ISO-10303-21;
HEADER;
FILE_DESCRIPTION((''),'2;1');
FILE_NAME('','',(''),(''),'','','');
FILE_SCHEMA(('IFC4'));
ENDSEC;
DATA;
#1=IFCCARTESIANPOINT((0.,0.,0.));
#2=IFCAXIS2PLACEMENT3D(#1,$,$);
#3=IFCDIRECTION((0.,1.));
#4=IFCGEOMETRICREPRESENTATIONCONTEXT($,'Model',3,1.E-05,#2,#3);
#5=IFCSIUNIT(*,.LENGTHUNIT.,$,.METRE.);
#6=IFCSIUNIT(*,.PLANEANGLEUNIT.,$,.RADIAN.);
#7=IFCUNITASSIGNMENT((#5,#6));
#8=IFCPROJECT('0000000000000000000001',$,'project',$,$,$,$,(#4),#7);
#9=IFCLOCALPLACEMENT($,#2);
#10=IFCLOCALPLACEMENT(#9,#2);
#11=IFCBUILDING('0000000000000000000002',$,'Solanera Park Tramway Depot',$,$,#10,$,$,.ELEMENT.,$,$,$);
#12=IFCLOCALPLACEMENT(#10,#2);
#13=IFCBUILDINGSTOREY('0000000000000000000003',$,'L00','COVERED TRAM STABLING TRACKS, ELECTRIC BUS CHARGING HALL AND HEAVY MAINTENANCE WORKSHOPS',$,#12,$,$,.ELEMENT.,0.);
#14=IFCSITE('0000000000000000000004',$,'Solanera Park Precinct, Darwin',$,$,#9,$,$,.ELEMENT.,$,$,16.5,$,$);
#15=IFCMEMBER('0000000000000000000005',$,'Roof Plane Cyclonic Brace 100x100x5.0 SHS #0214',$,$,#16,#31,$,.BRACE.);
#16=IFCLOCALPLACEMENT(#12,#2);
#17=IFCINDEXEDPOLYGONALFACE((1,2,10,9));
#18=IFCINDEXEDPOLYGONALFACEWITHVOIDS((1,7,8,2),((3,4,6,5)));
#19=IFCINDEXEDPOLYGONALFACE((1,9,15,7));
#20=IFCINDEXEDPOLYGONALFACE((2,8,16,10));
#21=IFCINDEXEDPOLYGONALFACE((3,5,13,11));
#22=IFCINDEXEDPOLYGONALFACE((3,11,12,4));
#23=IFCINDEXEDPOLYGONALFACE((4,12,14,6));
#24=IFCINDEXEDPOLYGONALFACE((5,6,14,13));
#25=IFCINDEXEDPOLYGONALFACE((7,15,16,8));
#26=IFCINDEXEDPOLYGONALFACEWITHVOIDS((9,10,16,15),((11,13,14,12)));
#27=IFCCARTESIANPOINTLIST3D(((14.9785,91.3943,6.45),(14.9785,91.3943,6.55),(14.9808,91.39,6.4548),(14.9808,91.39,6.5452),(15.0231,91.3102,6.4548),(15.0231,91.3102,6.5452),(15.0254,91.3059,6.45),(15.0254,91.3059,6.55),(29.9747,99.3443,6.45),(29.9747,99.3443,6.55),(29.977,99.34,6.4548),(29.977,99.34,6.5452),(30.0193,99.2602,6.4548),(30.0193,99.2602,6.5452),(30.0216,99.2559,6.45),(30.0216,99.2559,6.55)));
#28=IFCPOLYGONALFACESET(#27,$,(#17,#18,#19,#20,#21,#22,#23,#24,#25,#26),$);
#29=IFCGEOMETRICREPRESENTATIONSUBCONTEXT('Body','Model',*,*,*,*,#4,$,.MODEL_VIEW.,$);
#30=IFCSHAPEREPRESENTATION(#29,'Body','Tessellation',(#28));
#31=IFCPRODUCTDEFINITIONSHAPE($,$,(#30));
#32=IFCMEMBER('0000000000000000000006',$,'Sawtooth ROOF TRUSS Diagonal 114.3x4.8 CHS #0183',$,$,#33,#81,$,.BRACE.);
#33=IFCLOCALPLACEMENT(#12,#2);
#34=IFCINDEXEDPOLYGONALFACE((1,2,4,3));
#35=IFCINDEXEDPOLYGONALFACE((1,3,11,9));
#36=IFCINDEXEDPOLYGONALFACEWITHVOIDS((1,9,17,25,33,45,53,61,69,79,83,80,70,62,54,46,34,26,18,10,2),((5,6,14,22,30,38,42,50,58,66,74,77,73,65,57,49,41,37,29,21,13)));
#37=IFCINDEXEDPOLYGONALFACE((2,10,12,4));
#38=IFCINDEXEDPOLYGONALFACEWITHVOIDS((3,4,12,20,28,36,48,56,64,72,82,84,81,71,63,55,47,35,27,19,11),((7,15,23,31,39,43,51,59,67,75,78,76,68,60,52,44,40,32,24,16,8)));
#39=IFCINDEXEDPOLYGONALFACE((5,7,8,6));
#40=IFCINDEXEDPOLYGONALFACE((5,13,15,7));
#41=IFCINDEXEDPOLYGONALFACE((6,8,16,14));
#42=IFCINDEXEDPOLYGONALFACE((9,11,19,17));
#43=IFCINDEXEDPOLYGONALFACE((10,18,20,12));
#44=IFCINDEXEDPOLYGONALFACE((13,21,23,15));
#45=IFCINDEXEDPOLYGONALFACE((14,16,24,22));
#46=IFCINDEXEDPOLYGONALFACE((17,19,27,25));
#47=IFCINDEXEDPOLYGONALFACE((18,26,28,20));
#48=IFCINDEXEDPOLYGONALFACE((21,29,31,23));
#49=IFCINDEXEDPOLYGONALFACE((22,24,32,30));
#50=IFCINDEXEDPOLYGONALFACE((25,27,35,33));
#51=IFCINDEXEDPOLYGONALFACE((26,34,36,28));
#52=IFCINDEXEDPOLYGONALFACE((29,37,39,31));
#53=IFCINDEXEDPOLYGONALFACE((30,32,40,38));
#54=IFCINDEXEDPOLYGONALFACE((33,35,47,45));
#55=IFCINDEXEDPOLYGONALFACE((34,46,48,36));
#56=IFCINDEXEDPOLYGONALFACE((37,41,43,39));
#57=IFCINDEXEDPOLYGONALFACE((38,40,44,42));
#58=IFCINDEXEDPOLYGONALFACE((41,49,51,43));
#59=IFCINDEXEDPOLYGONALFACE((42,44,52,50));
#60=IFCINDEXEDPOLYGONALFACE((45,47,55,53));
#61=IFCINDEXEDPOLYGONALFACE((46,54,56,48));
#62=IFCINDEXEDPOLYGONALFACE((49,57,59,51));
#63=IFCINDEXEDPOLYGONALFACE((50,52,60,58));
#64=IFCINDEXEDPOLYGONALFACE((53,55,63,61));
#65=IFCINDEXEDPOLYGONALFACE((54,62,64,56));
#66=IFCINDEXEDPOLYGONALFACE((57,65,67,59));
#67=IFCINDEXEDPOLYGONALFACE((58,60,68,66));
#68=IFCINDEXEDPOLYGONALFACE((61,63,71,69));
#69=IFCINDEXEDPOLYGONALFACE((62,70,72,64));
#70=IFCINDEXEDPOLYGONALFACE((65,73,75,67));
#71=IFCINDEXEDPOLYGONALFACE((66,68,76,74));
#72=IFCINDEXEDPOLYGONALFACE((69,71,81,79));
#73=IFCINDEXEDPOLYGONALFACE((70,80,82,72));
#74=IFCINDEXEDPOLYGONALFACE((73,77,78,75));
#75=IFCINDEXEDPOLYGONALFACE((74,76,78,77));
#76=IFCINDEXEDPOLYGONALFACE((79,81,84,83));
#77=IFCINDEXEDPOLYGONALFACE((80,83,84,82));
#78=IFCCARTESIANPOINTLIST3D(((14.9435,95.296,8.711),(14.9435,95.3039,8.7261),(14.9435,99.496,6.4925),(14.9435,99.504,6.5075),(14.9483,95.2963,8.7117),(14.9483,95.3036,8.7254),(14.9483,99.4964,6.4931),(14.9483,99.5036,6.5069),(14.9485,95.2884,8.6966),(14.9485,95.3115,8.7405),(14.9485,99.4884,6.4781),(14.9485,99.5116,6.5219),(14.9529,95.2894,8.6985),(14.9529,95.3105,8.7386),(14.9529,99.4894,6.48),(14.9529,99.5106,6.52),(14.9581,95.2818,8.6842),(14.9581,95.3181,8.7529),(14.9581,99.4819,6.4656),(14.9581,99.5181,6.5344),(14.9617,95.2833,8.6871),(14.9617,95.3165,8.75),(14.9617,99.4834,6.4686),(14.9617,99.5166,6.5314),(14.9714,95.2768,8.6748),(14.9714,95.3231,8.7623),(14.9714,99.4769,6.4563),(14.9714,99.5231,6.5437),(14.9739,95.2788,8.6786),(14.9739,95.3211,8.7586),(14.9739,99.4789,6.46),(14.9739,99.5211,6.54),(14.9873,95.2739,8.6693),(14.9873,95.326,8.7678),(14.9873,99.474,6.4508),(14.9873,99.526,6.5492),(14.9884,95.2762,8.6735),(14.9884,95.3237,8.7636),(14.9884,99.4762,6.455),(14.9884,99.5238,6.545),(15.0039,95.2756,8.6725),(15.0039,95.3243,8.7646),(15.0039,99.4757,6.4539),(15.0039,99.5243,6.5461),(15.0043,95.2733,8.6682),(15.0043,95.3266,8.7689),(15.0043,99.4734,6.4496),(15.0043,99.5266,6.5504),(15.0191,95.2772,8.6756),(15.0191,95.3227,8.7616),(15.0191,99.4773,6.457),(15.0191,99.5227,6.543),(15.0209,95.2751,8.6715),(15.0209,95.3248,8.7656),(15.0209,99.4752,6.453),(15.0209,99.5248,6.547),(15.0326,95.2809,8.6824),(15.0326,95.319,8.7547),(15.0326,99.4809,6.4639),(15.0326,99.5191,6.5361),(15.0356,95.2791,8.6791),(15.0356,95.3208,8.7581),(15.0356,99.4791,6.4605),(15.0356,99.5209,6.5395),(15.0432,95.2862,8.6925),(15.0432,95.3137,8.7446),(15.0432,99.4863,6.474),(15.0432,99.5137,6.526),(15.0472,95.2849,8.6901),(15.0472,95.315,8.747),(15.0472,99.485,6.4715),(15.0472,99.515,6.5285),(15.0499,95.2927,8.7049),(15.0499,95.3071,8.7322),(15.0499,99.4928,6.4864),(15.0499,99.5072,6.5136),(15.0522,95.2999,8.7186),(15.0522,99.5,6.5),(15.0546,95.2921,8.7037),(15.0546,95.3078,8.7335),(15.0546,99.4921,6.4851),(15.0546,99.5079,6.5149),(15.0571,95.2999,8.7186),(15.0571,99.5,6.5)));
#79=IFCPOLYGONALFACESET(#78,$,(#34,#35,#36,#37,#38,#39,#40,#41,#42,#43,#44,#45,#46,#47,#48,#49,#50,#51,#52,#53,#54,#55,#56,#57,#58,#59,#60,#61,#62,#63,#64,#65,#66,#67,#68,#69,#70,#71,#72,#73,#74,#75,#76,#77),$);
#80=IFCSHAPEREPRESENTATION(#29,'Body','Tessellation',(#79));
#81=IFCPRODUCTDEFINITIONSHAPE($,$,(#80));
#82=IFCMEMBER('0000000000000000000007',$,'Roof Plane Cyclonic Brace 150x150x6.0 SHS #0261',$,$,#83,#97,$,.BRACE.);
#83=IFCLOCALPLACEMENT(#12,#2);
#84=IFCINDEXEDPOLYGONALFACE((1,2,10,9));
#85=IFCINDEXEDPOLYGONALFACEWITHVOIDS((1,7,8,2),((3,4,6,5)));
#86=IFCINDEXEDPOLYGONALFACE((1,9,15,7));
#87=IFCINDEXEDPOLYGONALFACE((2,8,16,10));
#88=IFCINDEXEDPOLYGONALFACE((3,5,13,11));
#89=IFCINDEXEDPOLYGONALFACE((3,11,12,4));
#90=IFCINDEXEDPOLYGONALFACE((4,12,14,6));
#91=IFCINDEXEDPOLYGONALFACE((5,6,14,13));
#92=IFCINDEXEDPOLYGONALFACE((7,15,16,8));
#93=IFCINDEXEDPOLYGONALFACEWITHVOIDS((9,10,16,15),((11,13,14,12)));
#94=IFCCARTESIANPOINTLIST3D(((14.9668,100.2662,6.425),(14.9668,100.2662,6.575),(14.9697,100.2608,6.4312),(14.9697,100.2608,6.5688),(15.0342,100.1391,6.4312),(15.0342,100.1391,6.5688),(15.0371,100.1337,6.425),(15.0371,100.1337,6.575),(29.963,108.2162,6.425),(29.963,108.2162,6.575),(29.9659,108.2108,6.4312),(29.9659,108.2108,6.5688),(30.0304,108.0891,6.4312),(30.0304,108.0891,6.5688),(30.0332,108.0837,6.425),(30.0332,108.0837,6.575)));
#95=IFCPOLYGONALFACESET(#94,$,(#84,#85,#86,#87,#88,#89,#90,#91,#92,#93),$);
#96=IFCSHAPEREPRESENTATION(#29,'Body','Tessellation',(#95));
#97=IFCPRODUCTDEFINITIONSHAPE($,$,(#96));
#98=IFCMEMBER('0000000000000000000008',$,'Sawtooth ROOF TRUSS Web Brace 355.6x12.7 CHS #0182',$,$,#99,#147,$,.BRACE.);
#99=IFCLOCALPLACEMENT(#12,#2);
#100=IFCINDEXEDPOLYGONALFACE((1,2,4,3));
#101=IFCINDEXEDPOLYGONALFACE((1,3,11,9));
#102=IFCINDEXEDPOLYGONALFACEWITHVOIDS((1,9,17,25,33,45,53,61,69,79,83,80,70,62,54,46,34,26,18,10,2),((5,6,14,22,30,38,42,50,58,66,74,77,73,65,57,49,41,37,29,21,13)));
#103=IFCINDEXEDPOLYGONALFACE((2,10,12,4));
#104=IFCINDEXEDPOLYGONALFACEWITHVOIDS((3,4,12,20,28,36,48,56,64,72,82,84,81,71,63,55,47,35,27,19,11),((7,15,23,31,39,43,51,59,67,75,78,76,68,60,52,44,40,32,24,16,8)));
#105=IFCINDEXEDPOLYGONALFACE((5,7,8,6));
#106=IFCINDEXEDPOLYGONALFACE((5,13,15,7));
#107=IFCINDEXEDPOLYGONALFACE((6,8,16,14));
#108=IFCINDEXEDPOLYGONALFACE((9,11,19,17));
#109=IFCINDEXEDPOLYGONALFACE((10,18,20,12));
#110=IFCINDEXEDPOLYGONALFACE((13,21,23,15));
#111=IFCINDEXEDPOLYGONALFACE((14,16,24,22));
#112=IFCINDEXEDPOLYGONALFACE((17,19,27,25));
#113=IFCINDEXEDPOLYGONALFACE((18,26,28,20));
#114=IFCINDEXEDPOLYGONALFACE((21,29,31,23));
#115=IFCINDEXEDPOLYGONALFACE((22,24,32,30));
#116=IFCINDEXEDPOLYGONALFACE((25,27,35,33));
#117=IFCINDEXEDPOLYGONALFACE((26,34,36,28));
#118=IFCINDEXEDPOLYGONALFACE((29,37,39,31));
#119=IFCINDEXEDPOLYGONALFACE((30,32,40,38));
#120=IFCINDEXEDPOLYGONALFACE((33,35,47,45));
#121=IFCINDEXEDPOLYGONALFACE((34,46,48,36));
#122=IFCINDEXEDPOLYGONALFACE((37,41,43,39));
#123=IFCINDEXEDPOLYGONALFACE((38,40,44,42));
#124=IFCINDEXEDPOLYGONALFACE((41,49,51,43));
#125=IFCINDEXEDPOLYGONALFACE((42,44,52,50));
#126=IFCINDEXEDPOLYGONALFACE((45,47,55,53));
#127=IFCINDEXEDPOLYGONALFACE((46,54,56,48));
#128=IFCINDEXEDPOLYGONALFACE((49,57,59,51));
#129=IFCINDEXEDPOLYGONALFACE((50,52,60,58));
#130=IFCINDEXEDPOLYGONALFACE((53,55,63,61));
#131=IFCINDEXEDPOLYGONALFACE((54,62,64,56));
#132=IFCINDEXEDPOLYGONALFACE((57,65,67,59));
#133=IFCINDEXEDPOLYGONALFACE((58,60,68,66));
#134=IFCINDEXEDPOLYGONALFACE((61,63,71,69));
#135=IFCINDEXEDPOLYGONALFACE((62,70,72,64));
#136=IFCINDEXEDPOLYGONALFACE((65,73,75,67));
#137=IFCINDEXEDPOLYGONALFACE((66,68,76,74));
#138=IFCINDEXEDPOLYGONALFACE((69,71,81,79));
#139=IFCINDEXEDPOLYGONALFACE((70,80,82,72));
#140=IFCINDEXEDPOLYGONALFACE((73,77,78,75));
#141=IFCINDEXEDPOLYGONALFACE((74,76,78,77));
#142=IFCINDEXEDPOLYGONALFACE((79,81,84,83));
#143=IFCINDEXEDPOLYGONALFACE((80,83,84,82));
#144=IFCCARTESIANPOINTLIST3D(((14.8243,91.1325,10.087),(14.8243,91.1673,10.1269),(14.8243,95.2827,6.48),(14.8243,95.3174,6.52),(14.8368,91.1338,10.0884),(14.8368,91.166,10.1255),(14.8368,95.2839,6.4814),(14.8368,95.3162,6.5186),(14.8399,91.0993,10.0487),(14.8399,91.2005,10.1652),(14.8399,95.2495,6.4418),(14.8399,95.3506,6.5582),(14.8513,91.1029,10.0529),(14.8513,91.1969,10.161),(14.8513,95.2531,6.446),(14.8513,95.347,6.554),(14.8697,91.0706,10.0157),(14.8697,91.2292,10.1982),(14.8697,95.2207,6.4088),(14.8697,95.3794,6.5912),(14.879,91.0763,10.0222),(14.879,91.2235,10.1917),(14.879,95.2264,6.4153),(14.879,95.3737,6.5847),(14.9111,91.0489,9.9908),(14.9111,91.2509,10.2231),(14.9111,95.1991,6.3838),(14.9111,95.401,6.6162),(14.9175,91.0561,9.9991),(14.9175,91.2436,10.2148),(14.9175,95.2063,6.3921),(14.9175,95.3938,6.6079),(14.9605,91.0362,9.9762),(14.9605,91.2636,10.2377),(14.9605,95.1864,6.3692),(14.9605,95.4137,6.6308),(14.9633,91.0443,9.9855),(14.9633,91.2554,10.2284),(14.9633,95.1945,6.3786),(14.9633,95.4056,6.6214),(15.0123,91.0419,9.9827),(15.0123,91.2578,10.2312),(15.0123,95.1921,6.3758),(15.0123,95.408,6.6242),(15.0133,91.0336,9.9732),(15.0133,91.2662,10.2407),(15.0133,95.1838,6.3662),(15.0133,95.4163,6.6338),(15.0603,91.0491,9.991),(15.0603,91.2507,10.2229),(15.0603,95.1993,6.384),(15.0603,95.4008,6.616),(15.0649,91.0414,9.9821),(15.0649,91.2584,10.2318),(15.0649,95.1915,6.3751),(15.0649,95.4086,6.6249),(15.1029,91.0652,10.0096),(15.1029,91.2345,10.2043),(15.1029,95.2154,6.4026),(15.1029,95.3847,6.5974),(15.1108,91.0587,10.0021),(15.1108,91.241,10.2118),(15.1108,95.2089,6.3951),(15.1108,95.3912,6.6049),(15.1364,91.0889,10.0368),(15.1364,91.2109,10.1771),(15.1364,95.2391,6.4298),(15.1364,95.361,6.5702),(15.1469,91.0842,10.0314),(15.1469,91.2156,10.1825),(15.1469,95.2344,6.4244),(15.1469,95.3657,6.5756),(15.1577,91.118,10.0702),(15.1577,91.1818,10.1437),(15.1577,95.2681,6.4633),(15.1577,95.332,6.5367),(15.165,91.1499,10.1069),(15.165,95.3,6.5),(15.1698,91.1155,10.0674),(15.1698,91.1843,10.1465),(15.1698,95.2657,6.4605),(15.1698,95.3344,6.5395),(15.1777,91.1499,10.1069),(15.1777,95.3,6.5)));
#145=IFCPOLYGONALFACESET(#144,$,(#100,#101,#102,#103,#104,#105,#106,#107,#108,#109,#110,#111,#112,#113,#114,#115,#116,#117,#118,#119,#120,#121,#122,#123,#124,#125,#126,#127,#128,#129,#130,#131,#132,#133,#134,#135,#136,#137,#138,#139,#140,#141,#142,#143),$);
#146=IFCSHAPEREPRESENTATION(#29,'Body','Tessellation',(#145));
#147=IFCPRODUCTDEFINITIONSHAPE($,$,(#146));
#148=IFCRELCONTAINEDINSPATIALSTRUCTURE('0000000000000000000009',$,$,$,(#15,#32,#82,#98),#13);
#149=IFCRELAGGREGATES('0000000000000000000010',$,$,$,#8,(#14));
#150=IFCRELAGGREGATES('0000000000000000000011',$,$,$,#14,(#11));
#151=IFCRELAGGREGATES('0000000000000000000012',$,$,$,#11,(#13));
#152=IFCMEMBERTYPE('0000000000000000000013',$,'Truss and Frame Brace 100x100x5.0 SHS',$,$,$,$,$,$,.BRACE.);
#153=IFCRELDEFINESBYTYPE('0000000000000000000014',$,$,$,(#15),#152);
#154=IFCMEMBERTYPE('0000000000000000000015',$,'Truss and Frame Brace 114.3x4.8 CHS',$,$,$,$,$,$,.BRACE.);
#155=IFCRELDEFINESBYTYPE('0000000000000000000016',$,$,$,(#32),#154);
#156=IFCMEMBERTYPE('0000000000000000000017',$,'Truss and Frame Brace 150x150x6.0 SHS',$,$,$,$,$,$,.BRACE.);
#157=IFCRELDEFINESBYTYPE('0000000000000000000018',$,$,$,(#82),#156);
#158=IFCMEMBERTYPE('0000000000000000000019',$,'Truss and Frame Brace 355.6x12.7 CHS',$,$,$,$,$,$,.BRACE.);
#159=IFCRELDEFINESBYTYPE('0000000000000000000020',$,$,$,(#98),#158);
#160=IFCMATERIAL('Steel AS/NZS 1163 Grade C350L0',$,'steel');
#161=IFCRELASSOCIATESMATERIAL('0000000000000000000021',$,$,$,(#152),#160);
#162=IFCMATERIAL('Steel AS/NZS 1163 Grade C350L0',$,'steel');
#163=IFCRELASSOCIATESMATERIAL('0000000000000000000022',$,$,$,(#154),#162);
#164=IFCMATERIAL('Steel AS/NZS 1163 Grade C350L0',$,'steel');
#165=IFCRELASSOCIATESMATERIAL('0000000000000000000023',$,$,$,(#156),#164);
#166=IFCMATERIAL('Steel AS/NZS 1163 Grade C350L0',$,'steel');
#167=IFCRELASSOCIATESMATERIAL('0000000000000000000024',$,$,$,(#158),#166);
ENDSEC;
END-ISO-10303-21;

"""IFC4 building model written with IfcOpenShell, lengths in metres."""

from ifc_helpers import new_model, si_unit, direction, frame, origin, origin_2d, place, context, subcontext, project, spatial, hollow_rectangle, hollow_circle, extrude, material, material_profile, profile_set, type_object, element, save


model = new_model("IFC4")

# Units and contexts
model_context = context("Model", 3, precision=1e-05, world=origin(), true_north=direction((0.0, 1.0)))
body_context = subcontext(model_context, "Body", "Model", "MODEL_VIEW")
ifc_project = project(units=[si_unit("LENGTHUNIT", "METRE"), si_unit("PLANEANGLEUNIT", "RADIAN")], contexts=[model_context])

# Site, building, storey
site_placement = place(None, origin())
site = spatial("IfcSite", under=ifc_project, at=site_placement, Name="Solanera Park Precinct, Darwin", CompositionType="ELEMENT", RefElevation=16.5)
building_placement = place(site_placement, origin())
building = spatial("IfcBuilding", under=site, at=building_placement, Name="Solanera Park Tramway Depot", CompositionType="ELEMENT")
storey_placement = place(building_placement, origin())
storey = spatial("IfcBuildingStorey", under=building, at=storey_placement, Name="L00", Description="COVERED TRAM STABLING TRACKS, ELECTRIC BUS CHARGING HALL AND HEAVY MAINTENANCE WORKSHOPS", CompositionType="ELEMENT", Elevation=0.0)

# Members
ifc_material_1 = material(Name="Steel AS/NZS 1163 Grade C350L0", Category="steel")
ifc_material_profile_1 = material_profile(ifc_material_1, hollow_rectangle(XDim=0.1001, YDim=0.1001, WallThickness=0.0049, at=origin_2d()), Name="100x100x5.0 SHS")
ifc_profile_set_1 = profile_set([ifc_material_profile_1], Name="Steel AS/NZS 1163 Grade C350L0")
member_type_1 = type_object("IfcMemberType", Name="Truss and Frame Brace 100x100x5.0 SHS", PredefinedType="BRACE", material=ifc_profile_set_1)
member_1_placement = place(storey_placement, frame((15.002, 91.3501, 6.5), z_axis=(0.883524, 0.468387, 0.0), x_axis=(-0.468387, 0.883524, 0.0)))
element("IfcMember", 1, at=member_1_placement, inside=storey, type_object=member_type_1, Name="Roof Plane Cyclonic Brace 100x100x5.0 SHS #0214", PredefinedType="BRACE", context=body_context, shape_type="SweptSolid", body=[
    extrude(hollow_rectangle(XDim=0.1001, YDim=0.1001, WallThickness=0.0049, at=origin_2d()), origin(), (0.0, 0.0, 1.0), 16.9731),
])
ifc_material_2 = material(Name="Steel AS/NZS 1163 Grade C350L0", Category="steel")
ifc_material_profile_2 = material_profile(ifc_material_2, hollow_circle(Radius=0.0571, WallThickness=0.0049, at=origin_2d()), Name="114.3x4.8 CHS")
ifc_profile_set_2 = profile_set([ifc_material_profile_2], Name="Steel AS/NZS 1163 Grade C350L0")
member_type_2 = type_object("IfcMemberType", Name="Truss and Frame Brace 114.3x4.8 CHS", PredefinedType="BRACE", material=ifc_profile_set_2)
member_2_placement = place(storey_placement, frame((15.0, 99.5, 6.5), z_axis=(0.0, -0.884223, 0.467066), x_axis=(1.0, 0.0, 0.0)))
element("IfcMember", 2, at=member_2_placement, inside=storey, type_object=member_type_2, Name="Sawtooth ROOF TRUSS Diagonal 114.3x4.8 CHS #0183", PredefinedType="BRACE", context=body_context, shape_type="SweptSolid", body=[
    extrude(hollow_circle(Radius=0.0571, WallThickness=0.0049, at=origin_2d()), origin(), (0.0, 0.0, 1.0), 4.75),
])
ifc_material_3 = material(Name="Steel AS/NZS 1163 Grade C350L0", Category="steel")
ifc_material_profile_3 = material_profile(ifc_material_3, hollow_rectangle(XDim=0.1499, YDim=0.1499, WallThickness=0.0061, at=origin_2d()), Name="150x150x6.0 SHS")
ifc_profile_set_3 = profile_set([ifc_material_profile_3], Name="Steel AS/NZS 1163 Grade C350L0")
member_type_3 = type_object("IfcMemberType", Name="Truss and Frame Brace 150x150x6.0 SHS", PredefinedType="BRACE", material=ifc_profile_set_3)
member_3_placement = place(storey_placement, frame((15.002, 100.2, 6.5), z_axis=(0.883524, 0.468387, 0.0), x_axis=(-0.468387, 0.883524, 0.0)))
element("IfcMember", 3, at=member_3_placement, inside=storey, type_object=member_type_3, Name="Roof Plane Cyclonic Brace 150x150x6.0 SHS #0261", PredefinedType="BRACE", context=body_context, shape_type="SweptSolid", body=[
    extrude(hollow_rectangle(XDim=0.1499, YDim=0.1499, WallThickness=0.0061, at=origin_2d()), origin(), (0.0, 0.0, 1.0), 16.9731),
])
ifc_material_4 = material(Name="Steel AS/NZS 1163 Grade C350L0", Category="steel")
ifc_material_profile_4 = material_profile(ifc_material_4, hollow_circle(Radius=0.1777, WallThickness=0.0127, at=origin_2d()), Name="355.6x12.7 CHS")
ifc_profile_set_4 = profile_set([ifc_material_profile_4], Name="Steel AS/NZS 1163 Grade C350L0")
member_type_4 = type_object("IfcMemberType", Name="Truss and Frame Brace 355.6x12.7 CHS", PredefinedType="BRACE", material=ifc_profile_set_4)
member_4_placement = place(storey_placement, frame((15.0, 95.3, 6.5), z_axis=(0.0, -0.754776, 0.655983), x_axis=(1.0, 0.0, 0.0)))
element("IfcMember", 4, at=member_4_placement, inside=storey, type_object=member_type_4, Name="Sawtooth ROOF TRUSS Web Brace 355.6x12.7 CHS #0182", PredefinedType="BRACE", context=body_context, shape_type="SweptSolid", body=[
    extrude(hollow_circle(Radius=0.1777, WallThickness=0.0127, at=origin_2d()), origin(), (0.0, 0.0, 1.0), 5.4985),
])

save(model, "model.ifc")
